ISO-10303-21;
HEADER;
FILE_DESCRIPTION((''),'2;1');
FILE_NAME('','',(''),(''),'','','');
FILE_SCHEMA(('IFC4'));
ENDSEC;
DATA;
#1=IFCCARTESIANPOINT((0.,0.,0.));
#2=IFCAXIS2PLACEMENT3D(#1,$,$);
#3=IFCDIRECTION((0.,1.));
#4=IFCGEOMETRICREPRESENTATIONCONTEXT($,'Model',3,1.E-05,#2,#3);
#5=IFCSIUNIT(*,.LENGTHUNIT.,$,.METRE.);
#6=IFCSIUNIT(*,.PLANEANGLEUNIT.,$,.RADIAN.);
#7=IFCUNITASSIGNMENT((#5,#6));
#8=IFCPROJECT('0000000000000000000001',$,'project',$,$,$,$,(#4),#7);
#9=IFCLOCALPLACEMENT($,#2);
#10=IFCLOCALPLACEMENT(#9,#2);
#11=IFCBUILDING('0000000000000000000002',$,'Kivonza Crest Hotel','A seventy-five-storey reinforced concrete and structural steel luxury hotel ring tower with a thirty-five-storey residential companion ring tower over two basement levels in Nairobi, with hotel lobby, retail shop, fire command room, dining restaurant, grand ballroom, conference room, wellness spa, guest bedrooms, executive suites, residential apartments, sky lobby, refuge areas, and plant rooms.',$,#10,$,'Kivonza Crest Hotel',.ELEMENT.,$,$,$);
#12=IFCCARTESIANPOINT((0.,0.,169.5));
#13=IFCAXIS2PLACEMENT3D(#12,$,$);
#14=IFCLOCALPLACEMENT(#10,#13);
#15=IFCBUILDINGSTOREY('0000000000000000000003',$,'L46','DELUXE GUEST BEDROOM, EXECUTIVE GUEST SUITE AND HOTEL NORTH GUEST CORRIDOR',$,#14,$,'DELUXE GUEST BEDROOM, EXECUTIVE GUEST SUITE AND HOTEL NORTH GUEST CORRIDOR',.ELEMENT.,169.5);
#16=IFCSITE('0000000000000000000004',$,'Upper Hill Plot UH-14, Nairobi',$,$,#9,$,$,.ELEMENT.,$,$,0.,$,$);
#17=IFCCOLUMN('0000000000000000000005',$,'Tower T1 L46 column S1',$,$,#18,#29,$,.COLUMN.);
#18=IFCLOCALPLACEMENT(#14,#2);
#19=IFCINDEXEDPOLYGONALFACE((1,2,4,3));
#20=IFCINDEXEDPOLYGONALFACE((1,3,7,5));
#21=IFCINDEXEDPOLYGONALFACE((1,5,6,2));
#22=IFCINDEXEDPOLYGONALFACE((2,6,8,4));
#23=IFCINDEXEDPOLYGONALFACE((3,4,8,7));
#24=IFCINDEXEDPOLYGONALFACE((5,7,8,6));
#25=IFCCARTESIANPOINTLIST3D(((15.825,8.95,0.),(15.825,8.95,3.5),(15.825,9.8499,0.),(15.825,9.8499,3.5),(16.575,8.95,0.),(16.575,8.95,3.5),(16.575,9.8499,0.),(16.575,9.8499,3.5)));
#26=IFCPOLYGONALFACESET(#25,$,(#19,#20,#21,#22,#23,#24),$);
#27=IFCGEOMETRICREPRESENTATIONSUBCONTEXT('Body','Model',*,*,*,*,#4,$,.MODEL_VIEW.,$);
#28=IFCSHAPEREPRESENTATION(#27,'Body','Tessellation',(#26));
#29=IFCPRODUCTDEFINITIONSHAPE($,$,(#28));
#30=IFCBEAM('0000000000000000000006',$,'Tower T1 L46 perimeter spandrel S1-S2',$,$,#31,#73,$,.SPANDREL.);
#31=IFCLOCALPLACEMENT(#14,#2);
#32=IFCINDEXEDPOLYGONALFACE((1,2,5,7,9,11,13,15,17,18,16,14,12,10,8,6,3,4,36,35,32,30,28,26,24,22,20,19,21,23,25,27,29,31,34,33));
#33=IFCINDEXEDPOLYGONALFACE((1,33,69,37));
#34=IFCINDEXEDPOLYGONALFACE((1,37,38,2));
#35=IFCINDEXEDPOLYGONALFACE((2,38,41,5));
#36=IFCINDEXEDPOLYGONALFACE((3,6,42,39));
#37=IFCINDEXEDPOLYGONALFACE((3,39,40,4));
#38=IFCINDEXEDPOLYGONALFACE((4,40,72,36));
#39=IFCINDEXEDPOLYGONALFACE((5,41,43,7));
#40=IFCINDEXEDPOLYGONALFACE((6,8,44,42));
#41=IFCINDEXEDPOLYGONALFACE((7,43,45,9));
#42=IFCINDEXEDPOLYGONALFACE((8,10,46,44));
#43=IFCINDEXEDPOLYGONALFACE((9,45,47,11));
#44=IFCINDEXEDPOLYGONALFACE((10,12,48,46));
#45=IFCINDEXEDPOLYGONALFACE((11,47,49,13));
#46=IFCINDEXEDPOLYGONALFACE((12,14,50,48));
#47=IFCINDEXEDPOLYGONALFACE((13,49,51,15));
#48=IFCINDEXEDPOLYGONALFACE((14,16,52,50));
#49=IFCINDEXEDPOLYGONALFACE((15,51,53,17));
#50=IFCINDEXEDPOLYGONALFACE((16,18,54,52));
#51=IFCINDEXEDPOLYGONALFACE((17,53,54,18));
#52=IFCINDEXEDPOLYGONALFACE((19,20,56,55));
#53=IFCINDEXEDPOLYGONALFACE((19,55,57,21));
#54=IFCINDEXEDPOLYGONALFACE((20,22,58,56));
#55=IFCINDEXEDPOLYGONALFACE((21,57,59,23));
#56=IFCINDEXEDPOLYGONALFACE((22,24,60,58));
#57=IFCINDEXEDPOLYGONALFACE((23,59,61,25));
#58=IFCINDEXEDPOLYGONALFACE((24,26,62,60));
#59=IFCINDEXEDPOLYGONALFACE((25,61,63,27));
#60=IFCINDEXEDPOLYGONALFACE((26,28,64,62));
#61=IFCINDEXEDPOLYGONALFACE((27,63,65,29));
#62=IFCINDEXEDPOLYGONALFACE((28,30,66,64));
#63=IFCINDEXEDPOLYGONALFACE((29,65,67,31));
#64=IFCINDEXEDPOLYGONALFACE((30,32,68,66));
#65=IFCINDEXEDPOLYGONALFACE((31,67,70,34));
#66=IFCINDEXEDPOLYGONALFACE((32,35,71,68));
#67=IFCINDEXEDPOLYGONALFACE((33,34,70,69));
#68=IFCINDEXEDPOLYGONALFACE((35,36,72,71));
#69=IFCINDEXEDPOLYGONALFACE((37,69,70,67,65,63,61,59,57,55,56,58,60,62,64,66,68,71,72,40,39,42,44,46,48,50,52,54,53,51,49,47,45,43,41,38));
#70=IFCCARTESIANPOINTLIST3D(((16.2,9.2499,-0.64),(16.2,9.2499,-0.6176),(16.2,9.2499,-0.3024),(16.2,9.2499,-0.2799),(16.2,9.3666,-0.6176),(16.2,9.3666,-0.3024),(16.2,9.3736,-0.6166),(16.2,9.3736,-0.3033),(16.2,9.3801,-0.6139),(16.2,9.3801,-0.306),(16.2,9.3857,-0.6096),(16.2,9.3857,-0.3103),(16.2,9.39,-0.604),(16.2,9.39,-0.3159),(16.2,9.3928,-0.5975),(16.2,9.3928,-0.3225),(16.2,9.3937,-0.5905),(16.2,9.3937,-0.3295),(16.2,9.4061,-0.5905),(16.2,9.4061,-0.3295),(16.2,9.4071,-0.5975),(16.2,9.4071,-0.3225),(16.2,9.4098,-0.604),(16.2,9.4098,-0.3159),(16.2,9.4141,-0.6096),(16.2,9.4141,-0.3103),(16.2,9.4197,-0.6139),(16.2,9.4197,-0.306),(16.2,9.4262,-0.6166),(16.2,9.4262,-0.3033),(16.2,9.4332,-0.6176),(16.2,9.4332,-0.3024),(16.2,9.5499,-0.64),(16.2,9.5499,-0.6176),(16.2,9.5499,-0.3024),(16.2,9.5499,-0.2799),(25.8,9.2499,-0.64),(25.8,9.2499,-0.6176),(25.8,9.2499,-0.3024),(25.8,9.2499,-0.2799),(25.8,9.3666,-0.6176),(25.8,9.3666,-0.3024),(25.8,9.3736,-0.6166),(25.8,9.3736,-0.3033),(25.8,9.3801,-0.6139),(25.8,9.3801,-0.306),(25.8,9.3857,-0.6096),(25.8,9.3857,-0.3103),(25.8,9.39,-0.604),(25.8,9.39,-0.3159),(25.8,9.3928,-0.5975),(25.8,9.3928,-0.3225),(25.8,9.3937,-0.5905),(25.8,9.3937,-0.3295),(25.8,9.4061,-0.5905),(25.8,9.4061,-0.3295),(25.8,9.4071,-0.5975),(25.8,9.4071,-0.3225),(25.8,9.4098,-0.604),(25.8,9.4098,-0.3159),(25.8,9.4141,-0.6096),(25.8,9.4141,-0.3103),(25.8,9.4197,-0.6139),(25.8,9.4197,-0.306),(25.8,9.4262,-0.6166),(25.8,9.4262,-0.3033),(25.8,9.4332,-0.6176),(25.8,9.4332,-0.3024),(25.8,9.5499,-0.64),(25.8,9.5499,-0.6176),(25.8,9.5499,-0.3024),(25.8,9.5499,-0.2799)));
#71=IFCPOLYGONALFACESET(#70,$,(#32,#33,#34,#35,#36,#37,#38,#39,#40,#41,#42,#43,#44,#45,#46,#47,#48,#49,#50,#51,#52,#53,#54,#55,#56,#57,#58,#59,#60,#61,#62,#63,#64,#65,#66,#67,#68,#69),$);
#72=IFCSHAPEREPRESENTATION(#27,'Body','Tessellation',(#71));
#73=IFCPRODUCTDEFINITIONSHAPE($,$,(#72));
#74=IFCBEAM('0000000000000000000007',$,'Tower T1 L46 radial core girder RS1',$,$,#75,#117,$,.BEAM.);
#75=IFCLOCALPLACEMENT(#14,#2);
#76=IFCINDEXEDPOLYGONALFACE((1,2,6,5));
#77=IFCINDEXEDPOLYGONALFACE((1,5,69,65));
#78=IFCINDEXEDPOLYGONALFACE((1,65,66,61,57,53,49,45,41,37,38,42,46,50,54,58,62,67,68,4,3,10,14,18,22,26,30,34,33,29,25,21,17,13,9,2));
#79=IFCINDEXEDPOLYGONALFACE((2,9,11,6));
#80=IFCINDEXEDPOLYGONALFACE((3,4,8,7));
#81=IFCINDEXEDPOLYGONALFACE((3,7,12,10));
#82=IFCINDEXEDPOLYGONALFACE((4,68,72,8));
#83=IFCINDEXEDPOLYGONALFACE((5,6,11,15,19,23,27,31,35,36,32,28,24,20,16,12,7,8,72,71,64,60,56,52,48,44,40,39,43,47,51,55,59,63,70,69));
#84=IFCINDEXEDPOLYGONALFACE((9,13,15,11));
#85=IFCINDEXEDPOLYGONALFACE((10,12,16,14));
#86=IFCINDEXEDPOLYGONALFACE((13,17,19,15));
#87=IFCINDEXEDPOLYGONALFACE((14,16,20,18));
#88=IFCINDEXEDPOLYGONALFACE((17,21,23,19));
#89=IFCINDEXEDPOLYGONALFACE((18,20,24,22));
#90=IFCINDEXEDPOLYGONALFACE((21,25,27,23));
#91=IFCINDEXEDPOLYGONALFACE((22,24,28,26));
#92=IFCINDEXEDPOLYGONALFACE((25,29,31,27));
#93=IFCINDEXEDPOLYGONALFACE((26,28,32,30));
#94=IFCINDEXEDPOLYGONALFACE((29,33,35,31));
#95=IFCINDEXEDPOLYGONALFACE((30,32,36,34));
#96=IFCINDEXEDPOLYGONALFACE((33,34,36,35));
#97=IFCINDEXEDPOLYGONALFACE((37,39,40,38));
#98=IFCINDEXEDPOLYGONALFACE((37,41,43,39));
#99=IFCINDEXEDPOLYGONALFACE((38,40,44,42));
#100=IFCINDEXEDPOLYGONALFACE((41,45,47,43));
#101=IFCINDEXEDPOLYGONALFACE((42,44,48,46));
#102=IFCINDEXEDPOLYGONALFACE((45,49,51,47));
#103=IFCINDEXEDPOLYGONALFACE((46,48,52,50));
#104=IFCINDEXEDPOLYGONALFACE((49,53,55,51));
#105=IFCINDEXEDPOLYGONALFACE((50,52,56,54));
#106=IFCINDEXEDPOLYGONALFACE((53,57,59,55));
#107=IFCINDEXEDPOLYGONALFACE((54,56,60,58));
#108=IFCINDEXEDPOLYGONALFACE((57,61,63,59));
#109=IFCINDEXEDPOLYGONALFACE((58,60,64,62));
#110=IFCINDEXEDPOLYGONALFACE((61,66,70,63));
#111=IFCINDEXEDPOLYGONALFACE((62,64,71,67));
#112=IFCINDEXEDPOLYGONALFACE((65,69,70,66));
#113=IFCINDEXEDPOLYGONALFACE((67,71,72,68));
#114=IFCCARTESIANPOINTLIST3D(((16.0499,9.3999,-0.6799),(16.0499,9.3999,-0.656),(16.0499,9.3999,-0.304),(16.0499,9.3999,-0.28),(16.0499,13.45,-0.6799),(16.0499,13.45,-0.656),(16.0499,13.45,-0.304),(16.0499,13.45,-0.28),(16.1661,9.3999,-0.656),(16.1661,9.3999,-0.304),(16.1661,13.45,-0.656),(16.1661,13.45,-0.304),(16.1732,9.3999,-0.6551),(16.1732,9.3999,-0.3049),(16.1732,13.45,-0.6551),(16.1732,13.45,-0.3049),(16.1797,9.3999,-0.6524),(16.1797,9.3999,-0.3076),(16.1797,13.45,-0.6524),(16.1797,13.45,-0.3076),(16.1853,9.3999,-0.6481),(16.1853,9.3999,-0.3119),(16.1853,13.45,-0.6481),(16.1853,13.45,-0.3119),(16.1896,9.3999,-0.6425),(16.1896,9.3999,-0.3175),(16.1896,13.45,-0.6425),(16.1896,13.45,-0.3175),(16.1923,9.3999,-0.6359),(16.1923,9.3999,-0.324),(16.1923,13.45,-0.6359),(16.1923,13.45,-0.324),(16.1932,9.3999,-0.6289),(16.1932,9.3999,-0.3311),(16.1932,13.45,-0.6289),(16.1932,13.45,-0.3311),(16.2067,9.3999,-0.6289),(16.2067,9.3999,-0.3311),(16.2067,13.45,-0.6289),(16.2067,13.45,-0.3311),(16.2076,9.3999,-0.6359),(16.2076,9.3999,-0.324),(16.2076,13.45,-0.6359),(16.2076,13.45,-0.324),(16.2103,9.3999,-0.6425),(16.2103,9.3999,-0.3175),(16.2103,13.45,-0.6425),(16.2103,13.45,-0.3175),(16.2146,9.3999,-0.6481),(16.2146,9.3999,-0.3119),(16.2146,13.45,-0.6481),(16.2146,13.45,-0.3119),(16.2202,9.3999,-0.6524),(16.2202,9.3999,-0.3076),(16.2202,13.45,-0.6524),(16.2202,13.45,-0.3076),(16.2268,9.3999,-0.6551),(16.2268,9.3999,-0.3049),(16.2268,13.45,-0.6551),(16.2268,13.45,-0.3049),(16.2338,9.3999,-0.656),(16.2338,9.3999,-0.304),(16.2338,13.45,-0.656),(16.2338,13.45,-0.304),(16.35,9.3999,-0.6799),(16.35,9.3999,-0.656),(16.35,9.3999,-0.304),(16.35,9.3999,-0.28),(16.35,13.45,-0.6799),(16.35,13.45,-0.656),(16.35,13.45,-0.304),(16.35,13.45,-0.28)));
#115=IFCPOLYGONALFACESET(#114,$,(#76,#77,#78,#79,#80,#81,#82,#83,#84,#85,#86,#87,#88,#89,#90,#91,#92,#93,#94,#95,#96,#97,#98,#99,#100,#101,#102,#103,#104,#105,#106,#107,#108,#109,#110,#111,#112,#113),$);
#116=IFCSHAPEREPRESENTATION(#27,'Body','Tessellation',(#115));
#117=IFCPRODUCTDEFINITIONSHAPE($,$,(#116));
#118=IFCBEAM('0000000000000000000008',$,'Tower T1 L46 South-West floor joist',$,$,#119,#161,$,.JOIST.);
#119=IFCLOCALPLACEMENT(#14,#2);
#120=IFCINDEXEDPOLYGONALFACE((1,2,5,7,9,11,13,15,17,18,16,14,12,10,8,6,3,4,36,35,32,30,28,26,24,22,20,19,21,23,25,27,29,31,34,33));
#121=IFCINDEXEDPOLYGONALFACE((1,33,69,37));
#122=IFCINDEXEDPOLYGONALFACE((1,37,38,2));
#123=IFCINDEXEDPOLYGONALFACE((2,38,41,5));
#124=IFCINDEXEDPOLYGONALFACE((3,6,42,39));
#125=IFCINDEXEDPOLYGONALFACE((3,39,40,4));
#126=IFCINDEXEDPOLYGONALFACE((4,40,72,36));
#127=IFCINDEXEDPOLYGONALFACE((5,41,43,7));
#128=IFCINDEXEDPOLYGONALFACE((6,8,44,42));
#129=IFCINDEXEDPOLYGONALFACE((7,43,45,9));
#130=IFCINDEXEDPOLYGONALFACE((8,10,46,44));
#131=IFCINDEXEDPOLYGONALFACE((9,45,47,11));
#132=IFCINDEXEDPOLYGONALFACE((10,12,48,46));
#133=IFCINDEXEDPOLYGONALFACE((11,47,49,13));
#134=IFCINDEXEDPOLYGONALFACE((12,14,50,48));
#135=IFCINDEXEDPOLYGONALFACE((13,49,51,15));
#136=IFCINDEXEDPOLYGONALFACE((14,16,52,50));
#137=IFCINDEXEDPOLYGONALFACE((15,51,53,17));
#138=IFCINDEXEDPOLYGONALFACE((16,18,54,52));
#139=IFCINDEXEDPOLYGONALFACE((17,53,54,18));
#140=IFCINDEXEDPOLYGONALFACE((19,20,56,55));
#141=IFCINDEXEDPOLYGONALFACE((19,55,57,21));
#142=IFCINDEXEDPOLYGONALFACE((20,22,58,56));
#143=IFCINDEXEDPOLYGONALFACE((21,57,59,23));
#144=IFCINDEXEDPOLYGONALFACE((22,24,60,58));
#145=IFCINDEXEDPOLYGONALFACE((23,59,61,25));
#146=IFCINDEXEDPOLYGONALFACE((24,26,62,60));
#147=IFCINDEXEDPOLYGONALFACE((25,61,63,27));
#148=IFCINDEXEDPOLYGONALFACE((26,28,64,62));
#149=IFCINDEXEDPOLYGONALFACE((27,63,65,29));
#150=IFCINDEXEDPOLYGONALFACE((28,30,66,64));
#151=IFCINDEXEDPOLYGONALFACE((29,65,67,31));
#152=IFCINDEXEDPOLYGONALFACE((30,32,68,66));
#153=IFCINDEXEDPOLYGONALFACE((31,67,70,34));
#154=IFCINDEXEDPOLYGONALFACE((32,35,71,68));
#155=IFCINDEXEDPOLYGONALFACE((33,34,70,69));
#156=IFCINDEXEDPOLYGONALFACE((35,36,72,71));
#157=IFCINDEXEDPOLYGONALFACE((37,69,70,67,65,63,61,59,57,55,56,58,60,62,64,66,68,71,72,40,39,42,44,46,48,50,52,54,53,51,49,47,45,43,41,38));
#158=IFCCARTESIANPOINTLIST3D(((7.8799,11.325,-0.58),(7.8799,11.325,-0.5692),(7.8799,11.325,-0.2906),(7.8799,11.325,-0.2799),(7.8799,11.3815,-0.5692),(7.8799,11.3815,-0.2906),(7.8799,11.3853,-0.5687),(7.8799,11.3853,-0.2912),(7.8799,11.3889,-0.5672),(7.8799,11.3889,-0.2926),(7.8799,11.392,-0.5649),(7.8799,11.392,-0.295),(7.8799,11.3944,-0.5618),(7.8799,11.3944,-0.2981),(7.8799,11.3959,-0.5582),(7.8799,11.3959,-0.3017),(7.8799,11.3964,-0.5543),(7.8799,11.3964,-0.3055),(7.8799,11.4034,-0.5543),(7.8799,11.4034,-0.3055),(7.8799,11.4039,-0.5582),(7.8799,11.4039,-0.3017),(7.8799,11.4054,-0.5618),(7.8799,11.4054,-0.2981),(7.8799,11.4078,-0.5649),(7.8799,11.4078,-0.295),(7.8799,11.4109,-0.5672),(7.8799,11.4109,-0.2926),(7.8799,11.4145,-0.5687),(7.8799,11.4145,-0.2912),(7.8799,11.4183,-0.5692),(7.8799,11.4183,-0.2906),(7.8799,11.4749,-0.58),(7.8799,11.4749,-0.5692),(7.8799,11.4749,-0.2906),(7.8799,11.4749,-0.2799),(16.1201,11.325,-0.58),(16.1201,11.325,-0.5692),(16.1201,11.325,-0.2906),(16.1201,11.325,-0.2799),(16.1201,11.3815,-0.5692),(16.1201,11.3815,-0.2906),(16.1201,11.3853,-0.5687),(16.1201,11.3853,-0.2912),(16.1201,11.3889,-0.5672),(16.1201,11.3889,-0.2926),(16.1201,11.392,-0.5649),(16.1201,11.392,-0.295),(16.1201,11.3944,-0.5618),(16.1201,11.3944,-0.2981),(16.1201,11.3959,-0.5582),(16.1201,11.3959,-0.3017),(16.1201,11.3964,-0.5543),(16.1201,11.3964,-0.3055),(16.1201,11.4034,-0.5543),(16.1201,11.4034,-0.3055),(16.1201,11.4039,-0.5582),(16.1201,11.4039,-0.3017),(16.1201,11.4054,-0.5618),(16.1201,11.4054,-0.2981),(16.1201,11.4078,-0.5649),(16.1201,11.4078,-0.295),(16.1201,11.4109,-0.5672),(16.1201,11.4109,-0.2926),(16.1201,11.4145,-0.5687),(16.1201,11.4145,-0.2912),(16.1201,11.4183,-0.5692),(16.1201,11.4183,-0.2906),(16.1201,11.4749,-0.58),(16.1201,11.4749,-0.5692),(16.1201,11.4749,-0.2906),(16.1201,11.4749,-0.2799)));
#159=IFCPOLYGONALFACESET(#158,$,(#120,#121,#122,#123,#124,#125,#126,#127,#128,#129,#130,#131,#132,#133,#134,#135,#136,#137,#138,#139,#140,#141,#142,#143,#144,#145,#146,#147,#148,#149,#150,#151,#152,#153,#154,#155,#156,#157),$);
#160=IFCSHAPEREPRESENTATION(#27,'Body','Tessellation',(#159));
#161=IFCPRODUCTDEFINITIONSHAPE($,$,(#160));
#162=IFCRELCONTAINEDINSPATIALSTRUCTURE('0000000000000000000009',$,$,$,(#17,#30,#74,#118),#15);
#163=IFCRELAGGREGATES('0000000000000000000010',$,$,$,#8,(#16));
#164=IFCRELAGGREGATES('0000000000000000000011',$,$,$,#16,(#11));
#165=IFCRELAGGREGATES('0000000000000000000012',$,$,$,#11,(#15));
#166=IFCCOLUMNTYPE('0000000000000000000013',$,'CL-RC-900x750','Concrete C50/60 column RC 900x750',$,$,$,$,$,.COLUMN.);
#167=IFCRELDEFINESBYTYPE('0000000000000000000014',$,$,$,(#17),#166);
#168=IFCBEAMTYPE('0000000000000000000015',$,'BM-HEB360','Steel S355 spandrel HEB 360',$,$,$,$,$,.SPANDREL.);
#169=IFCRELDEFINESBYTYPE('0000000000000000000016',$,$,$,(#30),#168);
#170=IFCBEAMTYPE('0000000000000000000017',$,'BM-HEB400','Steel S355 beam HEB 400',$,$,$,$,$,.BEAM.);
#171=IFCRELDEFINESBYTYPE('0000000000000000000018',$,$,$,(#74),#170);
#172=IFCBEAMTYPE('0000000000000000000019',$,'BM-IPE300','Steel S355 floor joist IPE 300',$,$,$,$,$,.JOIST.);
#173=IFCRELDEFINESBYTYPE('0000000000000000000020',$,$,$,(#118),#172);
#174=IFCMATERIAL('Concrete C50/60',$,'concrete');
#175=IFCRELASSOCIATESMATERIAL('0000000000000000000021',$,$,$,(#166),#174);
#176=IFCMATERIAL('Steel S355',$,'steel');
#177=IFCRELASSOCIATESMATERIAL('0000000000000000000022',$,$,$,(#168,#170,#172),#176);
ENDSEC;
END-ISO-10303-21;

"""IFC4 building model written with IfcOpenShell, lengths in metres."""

from ifc_helpers import new_model, si_unit, direction, frame, origin, origin_2d, place, context, subcontext, project, spatial, rectangle, i_section, extrude, material, material_profile, profile_set, type_object, element, save


model = new_model("IFC4")

# Units and contexts
model_context = context("Model", 3, precision=1e-05, world=origin(), true_north=direction((0.0, 1.0)))
body_context = subcontext(model_context, "Body", "Model", "MODEL_VIEW")
ifc_project = project(units=[si_unit("LENGTHUNIT", "METRE"), si_unit("PLANEANGLEUNIT", "RADIAN")], contexts=[model_context])

# Site, building, storey
site_placement = place(None, origin())
site = spatial("IfcSite", under=ifc_project, at=site_placement, Name="Upper Hill Plot UH-14, Nairobi", CompositionType="ELEMENT", RefElevation=0.0)
building_placement = place(site_placement, origin())
building = spatial("IfcBuilding", under=site, at=building_placement, Name="Kivonza Crest Hotel", Description="A seventy-five-storey reinforced concrete and structural steel luxury hotel ring tower with a thirty-five-storey residential companion ring tower over two basement levels in Nairobi, with hotel lobby, retail shop, fire command room, dining restaurant, grand ballroom, conference room, wellness spa, guest bedrooms, executive suites, residential apartments, sky lobby, refuge areas, and plant rooms.", LongName="Kivonza Crest Hotel", CompositionType="ELEMENT")
storey_placement = place(building_placement, frame((0.0, 0.0, 169.5)))
storey = spatial("IfcBuildingStorey", under=building, at=storey_placement, Name="L46", Description="DELUXE GUEST BEDROOM, EXECUTIVE GUEST SUITE AND HOTEL NORTH GUEST CORRIDOR", LongName="DELUXE GUEST BEDROOM, EXECUTIVE GUEST SUITE AND HOTEL NORTH GUEST CORRIDOR", CompositionType="ELEMENT", Elevation=169.5)

# Column
ifc_material_1 = material(Name="Concrete C50/60", Category="concrete")
ifc_material_profile_1 = material_profile(ifc_material_1, rectangle(XDim=0.75, YDim=0.8999, at=origin_2d()), Name="RC 900x750")
ifc_profile_set_1 = profile_set([ifc_material_profile_1], Name="Concrete C50/60")
column_type = type_object("IfcColumnType", Name="CL-RC-900x750", Description="Concrete C50/60 column RC 900x750", PredefinedType="COLUMN", material=ifc_profile_set_1)
column_placement = place(storey_placement, frame((16.2, 9.3999, 0.0), z_axis=(0.0, 0.0, 1.0), x_axis=(1.0, 0.0, 0.0)))
element("IfcColumn", 1, at=column_placement, inside=storey, type_object=column_type, Name="Tower T1 L46 column S1", PredefinedType="COLUMN", context=body_context, shape_type="SweptSolid", body=[
    extrude(rectangle(XDim=0.75, YDim=0.8999, at=origin_2d()), origin(), (0.0, 0.0, 1.0), 3.5),
])

# Beams
ifc_material_2 = material(Name="Steel S355", Category="steel")
ifc_material_profile_2 = material_profile(ifc_material_2, i_section(OverallWidth=0.3, OverallDepth=0.3601, WebThickness=0.0125, FlangeThickness=0.0225, FilletRadius=0.0271, at=origin_2d()), Name="HEB 360")
ifc_profile_set_2 = profile_set([ifc_material_profile_2], Name="Steel S355")
beam_type_1 = type_object("IfcBeamType", Name="BM-HEB360", Description="Steel S355 spandrel HEB 360", PredefinedType="SPANDREL", material=ifc_profile_set_2)
beam_1_placement = place(storey_placement, frame((16.2, 9.3999, -0.46), z_axis=(1.0, 0.0, 0.0), x_axis=(0.0, 1.0, 0.0)))
element("IfcBeam", 2, at=beam_1_placement, inside=storey, type_object=beam_type_1, Name="Tower T1 L46 perimeter spandrel S1-S2", PredefinedType="SPANDREL", context=body_context, shape_type="SweptSolid", body=[
    extrude(i_section(OverallWidth=0.3, OverallDepth=0.3601, WebThickness=0.0125, FlangeThickness=0.0225, FilletRadius=0.0271, at=origin_2d()), origin(), (0.0, 0.0, 1.0), 9.6001),
])
ifc_material_profile_3 = material_profile(ifc_material_2, i_section(OverallWidth=0.3, OverallDepth=0.3999, WebThickness=0.0134, FlangeThickness=0.0239, FilletRadius=0.0271, at=origin_2d()), Name="HEB 400")
ifc_profile_set_3 = profile_set([ifc_material_profile_3], Name="Steel S355")
beam_type_2 = type_object("IfcBeamType", Name="BM-HEB400", Description="Steel S355 beam HEB 400", PredefinedType="BEAM", material=ifc_profile_set_3)
beam_2_placement = place(storey_placement, frame((16.2, 9.3999, -0.48), z_axis=(0.0, 1.0, 0.0), x_axis=(-1.0, 0.0, 0.0)))
element("IfcBeam", 3, at=beam_2_placement, inside=storey, type_object=beam_type_2, Name="Tower T1 L46 radial core girder RS1", PredefinedType="BEAM", context=body_context, shape_type="SweptSolid", body=[
    extrude(i_section(OverallWidth=0.3, OverallDepth=0.3999, WebThickness=0.0134, FlangeThickness=0.0239, FilletRadius=0.0271, at=origin_2d()), origin(), (0.0, 0.0, 1.0), 4.05),
])
ifc_material_profile_4 = material_profile(ifc_material_2, i_section(OverallWidth=0.1499, OverallDepth=0.3, WebThickness=0.0071, FlangeThickness=0.0107, FilletRadius=0.0149, at=origin_2d()), Name="IPE 300")
ifc_profile_set_4 = profile_set([ifc_material_profile_4], Name="Steel S355")
beam_type_3 = type_object("IfcBeamType", Name="BM-IPE300", Description="Steel S355 floor joist IPE 300", PredefinedType="JOIST", material=ifc_profile_set_4)
beam_3_placement = place(storey_placement, frame((7.8799, 11.3999, -0.4299), z_axis=(1.0, 0.0, 0.0), x_axis=(0.0, 1.0, 0.0)))
element("IfcBeam", 4, at=beam_3_placement, inside=storey, type_object=beam_type_3, Name="Tower T1 L46 South-West floor joist", PredefinedType="JOIST", context=body_context, shape_type="SweptSolid", body=[
    extrude(i_section(OverallWidth=0.1499, OverallDepth=0.3, WebThickness=0.0071, FlangeThickness=0.0107, FilletRadius=0.0149, at=origin_2d()), origin(), (0.0, 0.0, 1.0), 8.2402),
])

save(model, "model.ifc")
